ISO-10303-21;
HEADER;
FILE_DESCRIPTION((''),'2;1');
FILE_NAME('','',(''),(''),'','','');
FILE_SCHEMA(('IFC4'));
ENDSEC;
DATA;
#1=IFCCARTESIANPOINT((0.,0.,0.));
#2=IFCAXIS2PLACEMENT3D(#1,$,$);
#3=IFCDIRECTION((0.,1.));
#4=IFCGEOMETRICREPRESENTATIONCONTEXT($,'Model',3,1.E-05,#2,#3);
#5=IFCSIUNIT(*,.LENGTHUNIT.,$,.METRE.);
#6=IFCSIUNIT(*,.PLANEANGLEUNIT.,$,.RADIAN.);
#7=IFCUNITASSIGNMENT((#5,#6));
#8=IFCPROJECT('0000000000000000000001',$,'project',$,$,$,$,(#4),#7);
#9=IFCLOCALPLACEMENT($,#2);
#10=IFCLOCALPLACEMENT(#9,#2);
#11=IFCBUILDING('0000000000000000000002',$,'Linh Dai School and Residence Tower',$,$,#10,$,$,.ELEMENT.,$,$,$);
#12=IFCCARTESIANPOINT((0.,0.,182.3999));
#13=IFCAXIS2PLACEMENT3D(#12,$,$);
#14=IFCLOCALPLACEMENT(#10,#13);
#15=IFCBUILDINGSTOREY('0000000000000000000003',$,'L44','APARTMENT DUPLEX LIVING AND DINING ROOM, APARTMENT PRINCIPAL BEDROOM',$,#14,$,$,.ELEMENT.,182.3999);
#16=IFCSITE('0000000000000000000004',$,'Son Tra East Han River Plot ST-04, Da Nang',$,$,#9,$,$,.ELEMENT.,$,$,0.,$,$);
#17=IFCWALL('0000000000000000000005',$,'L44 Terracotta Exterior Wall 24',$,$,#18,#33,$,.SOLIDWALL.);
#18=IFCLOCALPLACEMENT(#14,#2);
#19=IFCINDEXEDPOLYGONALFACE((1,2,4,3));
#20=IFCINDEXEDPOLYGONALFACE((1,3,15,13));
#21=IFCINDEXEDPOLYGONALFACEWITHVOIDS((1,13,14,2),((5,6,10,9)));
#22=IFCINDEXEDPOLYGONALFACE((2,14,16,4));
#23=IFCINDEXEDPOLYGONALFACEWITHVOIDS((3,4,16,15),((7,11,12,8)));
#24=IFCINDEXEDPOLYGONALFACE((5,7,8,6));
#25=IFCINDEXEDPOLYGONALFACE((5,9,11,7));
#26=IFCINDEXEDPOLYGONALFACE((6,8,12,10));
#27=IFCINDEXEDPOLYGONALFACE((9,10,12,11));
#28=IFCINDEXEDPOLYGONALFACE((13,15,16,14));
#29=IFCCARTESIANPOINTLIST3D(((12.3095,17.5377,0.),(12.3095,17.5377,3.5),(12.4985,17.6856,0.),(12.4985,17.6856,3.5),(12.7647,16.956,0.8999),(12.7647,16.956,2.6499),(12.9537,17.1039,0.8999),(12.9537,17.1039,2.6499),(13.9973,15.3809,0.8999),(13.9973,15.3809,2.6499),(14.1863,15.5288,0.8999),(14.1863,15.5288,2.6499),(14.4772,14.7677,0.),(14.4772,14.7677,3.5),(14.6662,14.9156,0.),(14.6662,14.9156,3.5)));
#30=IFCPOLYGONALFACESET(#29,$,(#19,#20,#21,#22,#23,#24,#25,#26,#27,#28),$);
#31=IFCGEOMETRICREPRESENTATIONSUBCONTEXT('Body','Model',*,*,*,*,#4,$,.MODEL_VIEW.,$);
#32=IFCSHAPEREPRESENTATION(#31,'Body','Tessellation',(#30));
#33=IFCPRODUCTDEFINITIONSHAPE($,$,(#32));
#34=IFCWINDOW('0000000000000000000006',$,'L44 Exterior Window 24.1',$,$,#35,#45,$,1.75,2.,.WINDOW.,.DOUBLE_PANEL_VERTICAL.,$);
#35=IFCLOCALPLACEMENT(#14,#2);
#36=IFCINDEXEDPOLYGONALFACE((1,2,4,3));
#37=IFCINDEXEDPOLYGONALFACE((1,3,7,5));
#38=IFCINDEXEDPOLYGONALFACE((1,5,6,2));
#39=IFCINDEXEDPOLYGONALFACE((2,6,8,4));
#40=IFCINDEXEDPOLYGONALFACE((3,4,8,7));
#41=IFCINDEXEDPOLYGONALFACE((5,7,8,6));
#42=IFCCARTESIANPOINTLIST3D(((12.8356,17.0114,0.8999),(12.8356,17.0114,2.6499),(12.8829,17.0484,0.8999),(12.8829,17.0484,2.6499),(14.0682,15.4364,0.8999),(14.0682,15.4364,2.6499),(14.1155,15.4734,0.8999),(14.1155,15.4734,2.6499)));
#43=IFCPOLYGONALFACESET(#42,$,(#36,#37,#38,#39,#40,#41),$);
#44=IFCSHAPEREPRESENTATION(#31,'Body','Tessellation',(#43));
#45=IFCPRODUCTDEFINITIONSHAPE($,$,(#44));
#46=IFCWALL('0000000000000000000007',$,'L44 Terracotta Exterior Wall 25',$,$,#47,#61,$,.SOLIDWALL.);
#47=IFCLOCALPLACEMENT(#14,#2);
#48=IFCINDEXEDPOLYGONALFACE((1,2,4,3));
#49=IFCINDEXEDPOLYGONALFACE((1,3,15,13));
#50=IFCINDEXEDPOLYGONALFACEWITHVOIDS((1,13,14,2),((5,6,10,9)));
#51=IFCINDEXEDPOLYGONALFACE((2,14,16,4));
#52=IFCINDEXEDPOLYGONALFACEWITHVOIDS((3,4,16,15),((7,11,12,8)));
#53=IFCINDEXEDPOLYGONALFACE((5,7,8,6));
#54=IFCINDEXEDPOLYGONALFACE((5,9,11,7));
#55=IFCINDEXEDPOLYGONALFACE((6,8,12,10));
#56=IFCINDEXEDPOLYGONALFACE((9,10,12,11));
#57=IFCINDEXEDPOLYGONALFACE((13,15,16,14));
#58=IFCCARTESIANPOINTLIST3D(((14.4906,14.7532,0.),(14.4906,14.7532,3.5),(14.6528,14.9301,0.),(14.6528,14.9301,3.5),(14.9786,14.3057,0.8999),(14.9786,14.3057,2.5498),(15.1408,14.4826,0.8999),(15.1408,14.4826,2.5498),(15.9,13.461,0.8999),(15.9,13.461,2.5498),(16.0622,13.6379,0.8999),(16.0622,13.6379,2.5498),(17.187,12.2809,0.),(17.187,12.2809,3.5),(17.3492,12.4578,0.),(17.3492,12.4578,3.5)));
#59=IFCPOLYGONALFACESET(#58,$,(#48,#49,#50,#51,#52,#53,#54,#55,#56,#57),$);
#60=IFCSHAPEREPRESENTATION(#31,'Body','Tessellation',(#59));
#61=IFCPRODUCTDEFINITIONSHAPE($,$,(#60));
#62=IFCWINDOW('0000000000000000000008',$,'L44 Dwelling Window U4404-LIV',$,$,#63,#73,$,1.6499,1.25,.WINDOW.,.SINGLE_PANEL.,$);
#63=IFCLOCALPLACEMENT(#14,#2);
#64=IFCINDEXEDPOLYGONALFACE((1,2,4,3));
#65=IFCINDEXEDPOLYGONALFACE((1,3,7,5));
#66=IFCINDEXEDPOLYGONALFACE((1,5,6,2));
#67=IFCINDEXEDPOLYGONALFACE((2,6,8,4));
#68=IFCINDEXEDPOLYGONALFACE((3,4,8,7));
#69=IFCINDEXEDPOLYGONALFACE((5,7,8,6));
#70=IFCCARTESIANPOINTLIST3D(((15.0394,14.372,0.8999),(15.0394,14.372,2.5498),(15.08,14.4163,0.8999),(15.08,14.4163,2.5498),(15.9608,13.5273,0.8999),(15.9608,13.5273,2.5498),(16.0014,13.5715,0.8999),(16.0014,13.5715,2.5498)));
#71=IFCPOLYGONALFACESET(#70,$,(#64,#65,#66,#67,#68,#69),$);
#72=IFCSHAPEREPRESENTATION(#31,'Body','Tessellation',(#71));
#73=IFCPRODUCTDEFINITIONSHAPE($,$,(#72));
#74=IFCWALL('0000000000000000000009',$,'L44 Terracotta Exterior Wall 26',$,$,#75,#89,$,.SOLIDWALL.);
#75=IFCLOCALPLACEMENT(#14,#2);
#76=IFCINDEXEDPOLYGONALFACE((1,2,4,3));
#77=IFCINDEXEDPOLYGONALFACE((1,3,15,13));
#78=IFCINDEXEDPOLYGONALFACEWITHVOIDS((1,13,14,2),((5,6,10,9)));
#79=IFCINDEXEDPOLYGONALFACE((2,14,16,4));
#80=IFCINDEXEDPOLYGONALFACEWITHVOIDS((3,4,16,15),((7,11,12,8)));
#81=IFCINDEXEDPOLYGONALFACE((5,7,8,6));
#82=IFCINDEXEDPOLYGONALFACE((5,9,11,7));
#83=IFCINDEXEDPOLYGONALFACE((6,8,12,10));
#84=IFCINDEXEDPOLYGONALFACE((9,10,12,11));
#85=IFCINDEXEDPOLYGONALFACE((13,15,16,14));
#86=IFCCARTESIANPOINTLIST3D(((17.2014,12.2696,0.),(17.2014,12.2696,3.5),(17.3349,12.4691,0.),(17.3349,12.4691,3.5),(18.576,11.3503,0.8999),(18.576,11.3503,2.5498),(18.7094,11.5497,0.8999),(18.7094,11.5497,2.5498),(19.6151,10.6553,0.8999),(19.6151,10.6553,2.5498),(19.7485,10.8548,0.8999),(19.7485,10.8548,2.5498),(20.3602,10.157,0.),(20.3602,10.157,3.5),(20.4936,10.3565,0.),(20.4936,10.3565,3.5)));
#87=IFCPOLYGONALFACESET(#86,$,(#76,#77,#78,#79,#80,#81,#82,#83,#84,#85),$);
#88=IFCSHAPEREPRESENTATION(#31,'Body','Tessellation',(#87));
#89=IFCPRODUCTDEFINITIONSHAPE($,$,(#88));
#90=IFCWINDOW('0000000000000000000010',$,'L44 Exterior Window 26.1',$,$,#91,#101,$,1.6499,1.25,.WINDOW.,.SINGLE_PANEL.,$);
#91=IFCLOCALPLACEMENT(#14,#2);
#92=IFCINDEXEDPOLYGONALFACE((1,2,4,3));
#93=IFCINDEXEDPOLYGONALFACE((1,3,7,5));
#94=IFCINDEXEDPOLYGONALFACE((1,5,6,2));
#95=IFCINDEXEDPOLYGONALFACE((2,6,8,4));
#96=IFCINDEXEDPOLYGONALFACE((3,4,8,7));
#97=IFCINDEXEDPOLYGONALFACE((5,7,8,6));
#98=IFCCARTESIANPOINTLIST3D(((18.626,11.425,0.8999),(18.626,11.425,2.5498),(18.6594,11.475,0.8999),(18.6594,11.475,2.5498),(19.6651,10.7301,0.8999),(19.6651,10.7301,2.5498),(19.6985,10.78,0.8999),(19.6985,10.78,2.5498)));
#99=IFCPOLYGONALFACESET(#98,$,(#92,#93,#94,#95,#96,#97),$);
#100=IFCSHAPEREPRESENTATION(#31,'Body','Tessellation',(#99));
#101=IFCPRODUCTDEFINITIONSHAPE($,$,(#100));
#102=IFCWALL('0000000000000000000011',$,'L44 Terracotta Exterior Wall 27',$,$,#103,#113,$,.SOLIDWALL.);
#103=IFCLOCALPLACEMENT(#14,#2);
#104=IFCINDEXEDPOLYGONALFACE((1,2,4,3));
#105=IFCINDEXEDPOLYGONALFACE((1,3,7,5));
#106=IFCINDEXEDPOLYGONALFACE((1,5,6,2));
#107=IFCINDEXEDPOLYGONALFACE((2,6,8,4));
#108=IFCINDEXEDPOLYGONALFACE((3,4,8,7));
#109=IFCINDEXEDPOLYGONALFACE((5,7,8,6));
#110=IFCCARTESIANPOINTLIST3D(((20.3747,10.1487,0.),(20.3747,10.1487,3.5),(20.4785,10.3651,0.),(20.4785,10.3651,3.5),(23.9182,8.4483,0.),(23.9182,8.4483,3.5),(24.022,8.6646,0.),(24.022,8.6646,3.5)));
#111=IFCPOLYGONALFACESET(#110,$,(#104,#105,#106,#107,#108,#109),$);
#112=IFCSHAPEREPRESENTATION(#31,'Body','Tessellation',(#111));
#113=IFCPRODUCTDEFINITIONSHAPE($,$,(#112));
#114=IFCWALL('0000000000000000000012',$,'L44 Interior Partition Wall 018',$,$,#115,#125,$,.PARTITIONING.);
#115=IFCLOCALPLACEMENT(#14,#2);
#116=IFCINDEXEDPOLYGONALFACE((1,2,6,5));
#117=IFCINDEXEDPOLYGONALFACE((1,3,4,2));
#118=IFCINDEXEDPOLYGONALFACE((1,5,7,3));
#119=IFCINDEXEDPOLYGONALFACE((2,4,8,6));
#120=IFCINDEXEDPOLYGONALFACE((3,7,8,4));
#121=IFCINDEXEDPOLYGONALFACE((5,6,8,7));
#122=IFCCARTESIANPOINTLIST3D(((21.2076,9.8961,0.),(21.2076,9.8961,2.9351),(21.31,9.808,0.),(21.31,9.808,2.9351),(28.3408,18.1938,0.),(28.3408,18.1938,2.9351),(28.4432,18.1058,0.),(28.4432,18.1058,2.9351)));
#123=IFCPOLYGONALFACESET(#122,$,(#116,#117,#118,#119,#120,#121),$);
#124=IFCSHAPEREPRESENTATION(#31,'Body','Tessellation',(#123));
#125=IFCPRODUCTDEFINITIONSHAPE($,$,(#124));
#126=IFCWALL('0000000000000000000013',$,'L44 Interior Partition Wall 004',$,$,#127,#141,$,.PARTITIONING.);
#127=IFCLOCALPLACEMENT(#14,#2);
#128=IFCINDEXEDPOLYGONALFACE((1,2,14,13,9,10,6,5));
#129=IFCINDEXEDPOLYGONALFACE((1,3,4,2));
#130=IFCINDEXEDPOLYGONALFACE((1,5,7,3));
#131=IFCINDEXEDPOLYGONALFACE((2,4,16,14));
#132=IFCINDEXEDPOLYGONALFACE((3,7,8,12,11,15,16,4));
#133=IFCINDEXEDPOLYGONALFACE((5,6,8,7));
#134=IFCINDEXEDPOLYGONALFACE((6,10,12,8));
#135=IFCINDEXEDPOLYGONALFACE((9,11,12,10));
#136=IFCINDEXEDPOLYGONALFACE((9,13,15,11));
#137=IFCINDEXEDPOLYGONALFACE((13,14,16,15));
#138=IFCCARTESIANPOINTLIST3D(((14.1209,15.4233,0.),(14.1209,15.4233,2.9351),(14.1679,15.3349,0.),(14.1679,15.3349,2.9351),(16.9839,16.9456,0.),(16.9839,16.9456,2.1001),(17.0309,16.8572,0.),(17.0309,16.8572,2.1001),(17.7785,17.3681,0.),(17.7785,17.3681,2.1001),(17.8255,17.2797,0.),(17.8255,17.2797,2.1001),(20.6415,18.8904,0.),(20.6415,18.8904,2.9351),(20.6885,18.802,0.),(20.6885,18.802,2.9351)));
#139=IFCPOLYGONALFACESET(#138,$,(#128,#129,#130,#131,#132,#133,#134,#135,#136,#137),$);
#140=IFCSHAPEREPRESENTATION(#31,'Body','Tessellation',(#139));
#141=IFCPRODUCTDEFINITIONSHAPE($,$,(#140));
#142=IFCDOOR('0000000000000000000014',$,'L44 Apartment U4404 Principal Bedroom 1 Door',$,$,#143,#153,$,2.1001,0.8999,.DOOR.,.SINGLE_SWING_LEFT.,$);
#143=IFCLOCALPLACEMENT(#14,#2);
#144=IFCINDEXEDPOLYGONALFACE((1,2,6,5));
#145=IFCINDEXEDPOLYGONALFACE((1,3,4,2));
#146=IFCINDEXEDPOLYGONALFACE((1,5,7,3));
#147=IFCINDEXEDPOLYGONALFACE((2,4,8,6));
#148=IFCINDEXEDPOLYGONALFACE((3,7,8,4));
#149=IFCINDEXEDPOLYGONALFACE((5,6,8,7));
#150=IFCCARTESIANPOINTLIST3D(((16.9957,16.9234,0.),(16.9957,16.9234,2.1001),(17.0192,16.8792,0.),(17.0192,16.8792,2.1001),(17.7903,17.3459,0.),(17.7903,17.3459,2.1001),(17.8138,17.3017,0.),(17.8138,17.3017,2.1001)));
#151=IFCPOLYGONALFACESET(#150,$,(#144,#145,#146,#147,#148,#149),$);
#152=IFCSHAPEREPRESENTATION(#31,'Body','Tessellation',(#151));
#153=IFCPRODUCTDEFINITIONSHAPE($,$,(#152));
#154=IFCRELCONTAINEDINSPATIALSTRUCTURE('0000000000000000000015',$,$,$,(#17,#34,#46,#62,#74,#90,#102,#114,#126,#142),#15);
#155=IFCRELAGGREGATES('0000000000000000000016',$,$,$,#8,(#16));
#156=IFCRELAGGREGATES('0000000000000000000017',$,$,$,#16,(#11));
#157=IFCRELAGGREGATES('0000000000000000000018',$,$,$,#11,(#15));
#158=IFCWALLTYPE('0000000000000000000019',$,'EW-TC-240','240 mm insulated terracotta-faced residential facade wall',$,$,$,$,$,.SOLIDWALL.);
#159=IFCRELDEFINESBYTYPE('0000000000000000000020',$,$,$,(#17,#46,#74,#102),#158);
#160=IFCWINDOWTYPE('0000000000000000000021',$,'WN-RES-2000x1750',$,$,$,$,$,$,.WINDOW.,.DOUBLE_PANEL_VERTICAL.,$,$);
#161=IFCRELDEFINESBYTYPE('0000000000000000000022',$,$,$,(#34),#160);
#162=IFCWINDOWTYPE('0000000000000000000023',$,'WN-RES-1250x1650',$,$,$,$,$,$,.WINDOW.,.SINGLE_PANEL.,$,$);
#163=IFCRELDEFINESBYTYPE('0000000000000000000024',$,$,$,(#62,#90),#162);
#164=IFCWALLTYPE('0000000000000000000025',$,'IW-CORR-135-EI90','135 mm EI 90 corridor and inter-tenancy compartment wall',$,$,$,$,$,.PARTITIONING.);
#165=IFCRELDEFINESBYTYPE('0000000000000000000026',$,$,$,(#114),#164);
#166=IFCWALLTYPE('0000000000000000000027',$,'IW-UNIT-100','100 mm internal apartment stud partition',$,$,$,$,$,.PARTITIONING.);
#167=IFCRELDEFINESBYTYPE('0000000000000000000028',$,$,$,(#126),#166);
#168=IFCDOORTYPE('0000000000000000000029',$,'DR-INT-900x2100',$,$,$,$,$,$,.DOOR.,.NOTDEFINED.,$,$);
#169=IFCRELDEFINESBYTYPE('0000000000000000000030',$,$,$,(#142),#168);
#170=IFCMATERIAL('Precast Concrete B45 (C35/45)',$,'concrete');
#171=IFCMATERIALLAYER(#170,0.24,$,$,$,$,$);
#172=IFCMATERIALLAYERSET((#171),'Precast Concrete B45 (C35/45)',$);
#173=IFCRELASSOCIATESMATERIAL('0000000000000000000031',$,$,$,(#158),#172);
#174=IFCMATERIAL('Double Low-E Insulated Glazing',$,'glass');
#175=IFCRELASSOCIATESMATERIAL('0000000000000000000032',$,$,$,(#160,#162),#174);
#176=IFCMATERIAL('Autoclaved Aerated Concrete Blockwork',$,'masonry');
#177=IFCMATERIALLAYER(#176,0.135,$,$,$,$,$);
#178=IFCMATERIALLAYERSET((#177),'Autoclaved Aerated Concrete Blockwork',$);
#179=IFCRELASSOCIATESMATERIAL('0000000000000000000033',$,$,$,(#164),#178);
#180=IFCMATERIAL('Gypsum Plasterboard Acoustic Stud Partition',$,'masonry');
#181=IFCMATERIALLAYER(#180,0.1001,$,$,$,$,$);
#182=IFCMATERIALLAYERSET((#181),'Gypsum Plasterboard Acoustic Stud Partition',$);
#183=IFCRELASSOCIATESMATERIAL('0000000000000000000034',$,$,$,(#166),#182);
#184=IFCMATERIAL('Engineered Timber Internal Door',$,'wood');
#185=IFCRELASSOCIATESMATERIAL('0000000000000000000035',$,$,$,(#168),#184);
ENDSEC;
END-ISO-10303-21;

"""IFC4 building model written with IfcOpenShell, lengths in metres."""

from ifc_helpers import new_model, si_unit, direction, frame, frame_2d, origin, origin_2d, place, context, subcontext, project, spatial, rectangle, extrude, source, transform, mapped, material, layer, layer_set, type_object, element, fill, save


model = new_model("IFC4")

# Units and contexts
model_context = context("Model", 3, precision=1e-05, world=origin(), true_north=direction((0.0, 1.0)))
body_context = subcontext(model_context, "Body", "Model", "MODEL_VIEW")
ifc_project = project(units=[si_unit("LENGTHUNIT", "METRE"), si_unit("PLANEANGLEUNIT", "RADIAN")], contexts=[model_context])

# Site, building, storey
site_placement = place(None, origin())
site = spatial("IfcSite", under=ifc_project, at=site_placement, Name="Son Tra East Han River Plot ST-04, Da Nang", CompositionType="ELEMENT", RefElevation=0.0)
building_placement = place(site_placement, origin())
building = spatial("IfcBuilding", under=site, at=building_placement, Name="Linh Dai School and Residence Tower", CompositionType="ELEMENT")
storey_placement = place(building_placement, frame((0.0, 0.0, 182.3999)))
storey = spatial("IfcBuildingStorey", under=building, at=storey_placement, Name="L44", Description="APARTMENT DUPLEX LIVING AND DINING ROOM, APARTMENT PRINCIPAL BEDROOM", CompositionType="ELEMENT", Elevation=182.3999)

# Shared definitions
ifc_material_1 = material(Name="Precast Concrete B45 (C35/45)", Category="concrete")

# Walls, openings, windows
ifc_layer_1 = layer(ifc_material_1, 0.24)
ifc_layer_set_1 = layer_set([ifc_layer_1], Name="Precast Concrete B45 (C35/45)")
wall_type_1 = type_object("IfcWallType", Name="EW-TC-240", Description="240 mm insulated terracotta-faced residential facade wall", PredefinedType="SOLIDWALL", material=ifc_layer_set_1)
wall_1_placement = place(storey_placement, frame((14.5718, 14.8416, 0.0), z_axis=(0.0, 0.0, 1.0), x_axis=(-0.616288, 0.787521, 0.0)))
wall_1 = element("IfcWall", 1, at=wall_1_placement, inside=storey, type_object=wall_type_1, Name="L44 Terracotta Exterior Wall 24", PredefinedType="SOLIDWALL", context=body_context, shape_type="SweptSolid", body=[
    extrude(rectangle(XDim=3.5173, YDim=0.24, at=frame_2d((1.7588, 0.0))), origin(), (0.0, 0.0, 1.0), 3.5),
])
opening_1_placement = place(wall_1_placement, frame((0.7788, 0.0, 0.8999)))
opening_1 = element("IfcOpeningElement", 2, at=opening_1_placement, cuts=wall_1, PredefinedType="OPENING", context=body_context, shape_type="SweptSolid", body=[
    extrude(rectangle(XDim=2.0, YDim=1.75, at=origin_2d()), frame((1.0, 0.1299, 0.875), z_axis=(0.0, -1.0, 0.0), x_axis=(1.0, 0.0, 0.0)), (0.0, 0.0, 1.0), 0.26),
])
ifc_material_2 = material(Name="Double Low-E Insulated Glazing", Category="glass")
window_type_1 = type_object("IfcWindowType", Name="WN-RES-2000x1750", PartitioningType="DOUBLE_PANEL_VERTICAL", PredefinedType="WINDOW", material=ifc_material_2)
shared_shape_1 = source(origin(), body_context, "Body", "SweptSolid", [
    extrude(rectangle(XDim=2.0, YDim=1.75, at=origin_2d()), frame((1.0, 0.03, 0.875), z_axis=(0.0, -1.0, 0.0), x_axis=(1.0, 0.0, 0.0)), (0.0, 0.0, 1.0), 0.0601),
])
window_1_placement = place(opening_1_placement, origin())
window_1 = element("IfcWindow", 3, at=window_1_placement, inside=storey, type_object=window_type_1, Name="L44 Exterior Window 24.1", OverallHeight=1.75, OverallWidth=2.0, PartitioningType="DOUBLE_PANEL_VERTICAL", PredefinedType="WINDOW", context=body_context, shape_type="MappedRepresentation", body=[
    mapped(shared_shape_1, transform((0.0, 0.0, 0.0), x_axis=(1.0, 0.0, 0.0), y_axis=(0.0, 1.0, 0.0), z_axis=(0.0, 0.0, 1.0), scale=1.0)),
])
fill(opening_1, window_1)
wall_2_placement = place(storey_placement, frame((17.2681, 12.3694, 0.0), z_axis=(0.0, 0.0, 1.0), x_axis=(-0.737077, 0.675809, 0.0)))
wall_2 = element("IfcWall", 4, at=wall_2_placement, inside=storey, type_object=wall_type_1, Name="L44 Terracotta Exterior Wall 25", PredefinedType="SOLIDWALL", context=body_context, shape_type="SweptSolid", body=[
    extrude(rectangle(XDim=3.6582, YDim=0.24, at=frame_2d((1.8291, 0.0))), origin(), (0.0, 0.0, 1.0), 3.5),
])
opening_2_placement = place(wall_2_placement, frame((1.7461, 0.0, 0.8999)))
opening_2 = element("IfcOpeningElement", 5, at=opening_2_placement, cuts=wall_2, PredefinedType="OPENING", context=body_context, shape_type="SweptSolid", body=[
    extrude(rectangle(XDim=1.25, YDim=1.6499, at=origin_2d()), frame((0.625, 0.1299, 0.825), z_axis=(0.0, -1.0, 0.0), x_axis=(1.0, 0.0, 0.0)), (0.0, 0.0, 1.0), 0.26),
])
window_type_2 = type_object("IfcWindowType", Name="WN-RES-1250x1650", PartitioningType="SINGLE_PANEL", PredefinedType="WINDOW", material=ifc_material_2)
shared_shape_2 = source(origin(), body_context, "Body", "SweptSolid", [
    extrude(rectangle(XDim=1.25, YDim=1.6499, at=origin_2d()), frame((0.625, 0.03, 0.825), z_axis=(0.0, -1.0, 0.0), x_axis=(1.0, 0.0, 0.0)), (0.0, 0.0, 1.0), 0.0601),
])
window_2_placement = place(opening_2_placement, origin())
window_2 = element("IfcWindow", 6, at=window_2_placement, inside=storey, type_object=window_type_2, Name="L44 Dwelling Window U4404-LIV", OverallHeight=1.6499, OverallWidth=1.25, PartitioningType="SINGLE_PANEL", PredefinedType="WINDOW", context=body_context, shape_type="MappedRepresentation", body=[
    mapped(shared_shape_2, transform((0.0, 0.0, 0.0), x_axis=(1.0, 0.0, 0.0), y_axis=(0.0, 1.0, 0.0), z_axis=(0.0, 0.0, 1.0), scale=1.0)),
])
fill(opening_2, window_2)
wall_3_placement = place(storey_placement, frame((20.4268, 10.2568, 0.0), z_axis=(0.0, 0.0, 1.0), x_axis=(-0.831229, 0.55593, 0.0)))
wall_3 = element("IfcWall", 7, at=wall_3_placement, inside=storey, type_object=wall_type_1, Name="L44 Terracotta Exterior Wall 26", PredefinedType="SOLIDWALL", context=body_context, shape_type="SweptSolid", body=[
    extrude(rectangle(XDim=3.8, YDim=0.24, at=frame_2d((1.8999, 0.0))), origin(), (0.0, 0.0, 1.0), 3.5),
])
opening_3_placement = place(wall_3_placement, frame((0.8962, 0.0, 0.8999)))
opening_3 = element("IfcOpeningElement", 8, at=opening_3_placement, cuts=wall_3, PredefinedType="OPENING", context=body_context, shape_type="SweptSolid", body=[
    extrude(rectangle(XDim=1.25, YDim=1.6499, at=origin_2d()), frame((0.625, 0.1299, 0.825), z_axis=(0.0, -1.0, 0.0), x_axis=(1.0, 0.0, 0.0)), (0.0, 0.0, 1.0), 0.26),
])
window_3_placement = place(opening_3_placement, origin())
window_3 = element("IfcWindow", 9, at=window_3_placement, inside=storey, type_object=window_type_2, Name="L44 Exterior Window 26.1", OverallHeight=1.6499, OverallWidth=1.25, PartitioningType="SINGLE_PANEL", PredefinedType="WINDOW", context=body_context, shape_type="MappedRepresentation", body=[
    mapped(shared_shape_2, transform((0.0, 0.0, 0.0), x_axis=(1.0, 0.0, 0.0), y_axis=(0.0, 1.0, 0.0), z_axis=(0.0, 0.0, 1.0), scale=1.0)),
])
fill(opening_3, window_3)

# Walls
wall_4_placement = place(storey_placement, frame((23.9702, 8.5564, 0.0), z_axis=(0.0, 0.0, 1.0), x_axis=(-0.901565, 0.432644, 0.0)))
element("IfcWall", 10, at=wall_4_placement, inside=storey, type_object=wall_type_1, Name="L44 Terracotta Exterior Wall 27", PredefinedType="SOLIDWALL", context=body_context, shape_type="SweptSolid", body=[
    extrude(rectangle(XDim=3.9304, YDim=0.24, at=frame_2d((1.9653, 0.0))), origin(), (0.0, 0.0, 1.0), 3.5),
])
ifc_material_3 = material(Name="Autoclaved Aerated Concrete Blockwork", Category="masonry")
ifc_layer_2 = layer(ifc_material_3, 0.135)
ifc_layer_set_2 = layer_set([ifc_layer_2], Name="Autoclaved Aerated Concrete Blockwork")
wall_type_2 = type_object("IfcWallType", Name="IW-CORR-135-EI90", Description="135 mm EI 90 corridor and inter-tenancy compartment wall", PredefinedType="PARTITIONING", material=ifc_layer_set_2)
wall_5_placement = place(storey_placement, frame((21.2588, 9.8521, 0.0), z_axis=(0.0, 0.0, 1.0), x_axis=(0.651889, 0.758314, 0.0)))
element("IfcWall", 11, at=wall_5_placement, inside=storey, type_object=wall_type_2, Name="L44 Interior Partition Wall 018", PredefinedType="PARTITIONING", context=body_context, shape_type="SweptSolid", body=[
    extrude(rectangle(XDim=10.9424, YDim=0.135, at=frame_2d((5.4712, 0.0))), origin(), (0.0, 0.0, 1.0), 2.9351),
])

# Wall, opening, door
ifc_material_4 = material(Name="Gypsum Plasterboard Acoustic Stud Partition", Category="masonry")
ifc_layer_3 = layer(ifc_material_4, 0.1001)
ifc_layer_set_3 = layer_set([ifc_layer_3], Name="Gypsum Plasterboard Acoustic Stud Partition")
wall_type_3 = type_object("IfcWallType", Name="IW-UNIT-100", Description="100 mm internal apartment stud partition", PredefinedType="PARTITIONING", material=ifc_layer_set_3)
wall_6_placement = place(storey_placement, frame((14.1445, 15.3792, 0.0), z_axis=(0.0, 0.0, 1.0), x_axis=(0.882946, 0.469474, 0.0)))
wall_6 = element("IfcWall", 12, at=wall_6_placement, inside=storey, type_object=wall_type_3, Name="L44 Interior Partition Wall 004", PredefinedType="PARTITIONING", context=body_context, shape_type="SweptSolid", body=[
    extrude(rectangle(XDim=7.385, YDim=0.1001, at=frame_2d((3.6924, 0.0))), origin(), (0.0, 0.0, 1.0), 2.9351),
])
opening_4_placement = place(wall_6_placement, frame((3.2424, 0.0, 0.0)))
opening_4 = element("IfcOpeningElement", 13, at=opening_4_placement, cuts=wall_6, PredefinedType="OPENING", context=body_context, shape_type="SweptSolid", body=[
    extrude(rectangle(XDim=0.8999, YDim=2.1001, at=origin_2d()), frame((0.45, 0.0601, 1.05), z_axis=(0.0, -1.0, 0.0), x_axis=(1.0, 0.0, 0.0)), (0.0, 0.0, 1.0), 0.1201),
])
ifc_material_5 = material(Name="Engineered Timber Internal Door", Category="wood")
door_type_1 = type_object("IfcDoorType", Name="DR-INT-900x2100", OperationType="NOTDEFINED", PredefinedType="DOOR", material=ifc_material_5)
shared_shape_3 = source(origin(), body_context, "Body", "SweptSolid", [
    extrude(rectangle(XDim=0.8999, YDim=2.1001, at=origin_2d()), frame((0.45, 0.0249, 1.05), z_axis=(0.0, -1.0, 0.0), x_axis=(1.0, 0.0, 0.0)), (0.0, 0.0, 1.0), 0.05),
])
door_1_placement = place(opening_4_placement, origin())
door_1 = element("IfcDoor", 14, at=door_1_placement, inside=storey, type_object=door_type_1, Name="L44 Apartment U4404 Principal Bedroom 1 Door", OperationType="SINGLE_SWING_LEFT", OverallHeight=2.1001, OverallWidth=0.8999, PredefinedType="DOOR", context=body_context, shape_type="MappedRepresentation", body=[
    mapped(shared_shape_3, transform((0.0, 0.0, 0.0), x_axis=(1.0, 0.0, 0.0), y_axis=(0.0, 1.0, 0.0), z_axis=(0.0, 0.0, 1.0), scale=1.0)),
])
fill(opening_4, door_1)

save(model, "model.ifc")
